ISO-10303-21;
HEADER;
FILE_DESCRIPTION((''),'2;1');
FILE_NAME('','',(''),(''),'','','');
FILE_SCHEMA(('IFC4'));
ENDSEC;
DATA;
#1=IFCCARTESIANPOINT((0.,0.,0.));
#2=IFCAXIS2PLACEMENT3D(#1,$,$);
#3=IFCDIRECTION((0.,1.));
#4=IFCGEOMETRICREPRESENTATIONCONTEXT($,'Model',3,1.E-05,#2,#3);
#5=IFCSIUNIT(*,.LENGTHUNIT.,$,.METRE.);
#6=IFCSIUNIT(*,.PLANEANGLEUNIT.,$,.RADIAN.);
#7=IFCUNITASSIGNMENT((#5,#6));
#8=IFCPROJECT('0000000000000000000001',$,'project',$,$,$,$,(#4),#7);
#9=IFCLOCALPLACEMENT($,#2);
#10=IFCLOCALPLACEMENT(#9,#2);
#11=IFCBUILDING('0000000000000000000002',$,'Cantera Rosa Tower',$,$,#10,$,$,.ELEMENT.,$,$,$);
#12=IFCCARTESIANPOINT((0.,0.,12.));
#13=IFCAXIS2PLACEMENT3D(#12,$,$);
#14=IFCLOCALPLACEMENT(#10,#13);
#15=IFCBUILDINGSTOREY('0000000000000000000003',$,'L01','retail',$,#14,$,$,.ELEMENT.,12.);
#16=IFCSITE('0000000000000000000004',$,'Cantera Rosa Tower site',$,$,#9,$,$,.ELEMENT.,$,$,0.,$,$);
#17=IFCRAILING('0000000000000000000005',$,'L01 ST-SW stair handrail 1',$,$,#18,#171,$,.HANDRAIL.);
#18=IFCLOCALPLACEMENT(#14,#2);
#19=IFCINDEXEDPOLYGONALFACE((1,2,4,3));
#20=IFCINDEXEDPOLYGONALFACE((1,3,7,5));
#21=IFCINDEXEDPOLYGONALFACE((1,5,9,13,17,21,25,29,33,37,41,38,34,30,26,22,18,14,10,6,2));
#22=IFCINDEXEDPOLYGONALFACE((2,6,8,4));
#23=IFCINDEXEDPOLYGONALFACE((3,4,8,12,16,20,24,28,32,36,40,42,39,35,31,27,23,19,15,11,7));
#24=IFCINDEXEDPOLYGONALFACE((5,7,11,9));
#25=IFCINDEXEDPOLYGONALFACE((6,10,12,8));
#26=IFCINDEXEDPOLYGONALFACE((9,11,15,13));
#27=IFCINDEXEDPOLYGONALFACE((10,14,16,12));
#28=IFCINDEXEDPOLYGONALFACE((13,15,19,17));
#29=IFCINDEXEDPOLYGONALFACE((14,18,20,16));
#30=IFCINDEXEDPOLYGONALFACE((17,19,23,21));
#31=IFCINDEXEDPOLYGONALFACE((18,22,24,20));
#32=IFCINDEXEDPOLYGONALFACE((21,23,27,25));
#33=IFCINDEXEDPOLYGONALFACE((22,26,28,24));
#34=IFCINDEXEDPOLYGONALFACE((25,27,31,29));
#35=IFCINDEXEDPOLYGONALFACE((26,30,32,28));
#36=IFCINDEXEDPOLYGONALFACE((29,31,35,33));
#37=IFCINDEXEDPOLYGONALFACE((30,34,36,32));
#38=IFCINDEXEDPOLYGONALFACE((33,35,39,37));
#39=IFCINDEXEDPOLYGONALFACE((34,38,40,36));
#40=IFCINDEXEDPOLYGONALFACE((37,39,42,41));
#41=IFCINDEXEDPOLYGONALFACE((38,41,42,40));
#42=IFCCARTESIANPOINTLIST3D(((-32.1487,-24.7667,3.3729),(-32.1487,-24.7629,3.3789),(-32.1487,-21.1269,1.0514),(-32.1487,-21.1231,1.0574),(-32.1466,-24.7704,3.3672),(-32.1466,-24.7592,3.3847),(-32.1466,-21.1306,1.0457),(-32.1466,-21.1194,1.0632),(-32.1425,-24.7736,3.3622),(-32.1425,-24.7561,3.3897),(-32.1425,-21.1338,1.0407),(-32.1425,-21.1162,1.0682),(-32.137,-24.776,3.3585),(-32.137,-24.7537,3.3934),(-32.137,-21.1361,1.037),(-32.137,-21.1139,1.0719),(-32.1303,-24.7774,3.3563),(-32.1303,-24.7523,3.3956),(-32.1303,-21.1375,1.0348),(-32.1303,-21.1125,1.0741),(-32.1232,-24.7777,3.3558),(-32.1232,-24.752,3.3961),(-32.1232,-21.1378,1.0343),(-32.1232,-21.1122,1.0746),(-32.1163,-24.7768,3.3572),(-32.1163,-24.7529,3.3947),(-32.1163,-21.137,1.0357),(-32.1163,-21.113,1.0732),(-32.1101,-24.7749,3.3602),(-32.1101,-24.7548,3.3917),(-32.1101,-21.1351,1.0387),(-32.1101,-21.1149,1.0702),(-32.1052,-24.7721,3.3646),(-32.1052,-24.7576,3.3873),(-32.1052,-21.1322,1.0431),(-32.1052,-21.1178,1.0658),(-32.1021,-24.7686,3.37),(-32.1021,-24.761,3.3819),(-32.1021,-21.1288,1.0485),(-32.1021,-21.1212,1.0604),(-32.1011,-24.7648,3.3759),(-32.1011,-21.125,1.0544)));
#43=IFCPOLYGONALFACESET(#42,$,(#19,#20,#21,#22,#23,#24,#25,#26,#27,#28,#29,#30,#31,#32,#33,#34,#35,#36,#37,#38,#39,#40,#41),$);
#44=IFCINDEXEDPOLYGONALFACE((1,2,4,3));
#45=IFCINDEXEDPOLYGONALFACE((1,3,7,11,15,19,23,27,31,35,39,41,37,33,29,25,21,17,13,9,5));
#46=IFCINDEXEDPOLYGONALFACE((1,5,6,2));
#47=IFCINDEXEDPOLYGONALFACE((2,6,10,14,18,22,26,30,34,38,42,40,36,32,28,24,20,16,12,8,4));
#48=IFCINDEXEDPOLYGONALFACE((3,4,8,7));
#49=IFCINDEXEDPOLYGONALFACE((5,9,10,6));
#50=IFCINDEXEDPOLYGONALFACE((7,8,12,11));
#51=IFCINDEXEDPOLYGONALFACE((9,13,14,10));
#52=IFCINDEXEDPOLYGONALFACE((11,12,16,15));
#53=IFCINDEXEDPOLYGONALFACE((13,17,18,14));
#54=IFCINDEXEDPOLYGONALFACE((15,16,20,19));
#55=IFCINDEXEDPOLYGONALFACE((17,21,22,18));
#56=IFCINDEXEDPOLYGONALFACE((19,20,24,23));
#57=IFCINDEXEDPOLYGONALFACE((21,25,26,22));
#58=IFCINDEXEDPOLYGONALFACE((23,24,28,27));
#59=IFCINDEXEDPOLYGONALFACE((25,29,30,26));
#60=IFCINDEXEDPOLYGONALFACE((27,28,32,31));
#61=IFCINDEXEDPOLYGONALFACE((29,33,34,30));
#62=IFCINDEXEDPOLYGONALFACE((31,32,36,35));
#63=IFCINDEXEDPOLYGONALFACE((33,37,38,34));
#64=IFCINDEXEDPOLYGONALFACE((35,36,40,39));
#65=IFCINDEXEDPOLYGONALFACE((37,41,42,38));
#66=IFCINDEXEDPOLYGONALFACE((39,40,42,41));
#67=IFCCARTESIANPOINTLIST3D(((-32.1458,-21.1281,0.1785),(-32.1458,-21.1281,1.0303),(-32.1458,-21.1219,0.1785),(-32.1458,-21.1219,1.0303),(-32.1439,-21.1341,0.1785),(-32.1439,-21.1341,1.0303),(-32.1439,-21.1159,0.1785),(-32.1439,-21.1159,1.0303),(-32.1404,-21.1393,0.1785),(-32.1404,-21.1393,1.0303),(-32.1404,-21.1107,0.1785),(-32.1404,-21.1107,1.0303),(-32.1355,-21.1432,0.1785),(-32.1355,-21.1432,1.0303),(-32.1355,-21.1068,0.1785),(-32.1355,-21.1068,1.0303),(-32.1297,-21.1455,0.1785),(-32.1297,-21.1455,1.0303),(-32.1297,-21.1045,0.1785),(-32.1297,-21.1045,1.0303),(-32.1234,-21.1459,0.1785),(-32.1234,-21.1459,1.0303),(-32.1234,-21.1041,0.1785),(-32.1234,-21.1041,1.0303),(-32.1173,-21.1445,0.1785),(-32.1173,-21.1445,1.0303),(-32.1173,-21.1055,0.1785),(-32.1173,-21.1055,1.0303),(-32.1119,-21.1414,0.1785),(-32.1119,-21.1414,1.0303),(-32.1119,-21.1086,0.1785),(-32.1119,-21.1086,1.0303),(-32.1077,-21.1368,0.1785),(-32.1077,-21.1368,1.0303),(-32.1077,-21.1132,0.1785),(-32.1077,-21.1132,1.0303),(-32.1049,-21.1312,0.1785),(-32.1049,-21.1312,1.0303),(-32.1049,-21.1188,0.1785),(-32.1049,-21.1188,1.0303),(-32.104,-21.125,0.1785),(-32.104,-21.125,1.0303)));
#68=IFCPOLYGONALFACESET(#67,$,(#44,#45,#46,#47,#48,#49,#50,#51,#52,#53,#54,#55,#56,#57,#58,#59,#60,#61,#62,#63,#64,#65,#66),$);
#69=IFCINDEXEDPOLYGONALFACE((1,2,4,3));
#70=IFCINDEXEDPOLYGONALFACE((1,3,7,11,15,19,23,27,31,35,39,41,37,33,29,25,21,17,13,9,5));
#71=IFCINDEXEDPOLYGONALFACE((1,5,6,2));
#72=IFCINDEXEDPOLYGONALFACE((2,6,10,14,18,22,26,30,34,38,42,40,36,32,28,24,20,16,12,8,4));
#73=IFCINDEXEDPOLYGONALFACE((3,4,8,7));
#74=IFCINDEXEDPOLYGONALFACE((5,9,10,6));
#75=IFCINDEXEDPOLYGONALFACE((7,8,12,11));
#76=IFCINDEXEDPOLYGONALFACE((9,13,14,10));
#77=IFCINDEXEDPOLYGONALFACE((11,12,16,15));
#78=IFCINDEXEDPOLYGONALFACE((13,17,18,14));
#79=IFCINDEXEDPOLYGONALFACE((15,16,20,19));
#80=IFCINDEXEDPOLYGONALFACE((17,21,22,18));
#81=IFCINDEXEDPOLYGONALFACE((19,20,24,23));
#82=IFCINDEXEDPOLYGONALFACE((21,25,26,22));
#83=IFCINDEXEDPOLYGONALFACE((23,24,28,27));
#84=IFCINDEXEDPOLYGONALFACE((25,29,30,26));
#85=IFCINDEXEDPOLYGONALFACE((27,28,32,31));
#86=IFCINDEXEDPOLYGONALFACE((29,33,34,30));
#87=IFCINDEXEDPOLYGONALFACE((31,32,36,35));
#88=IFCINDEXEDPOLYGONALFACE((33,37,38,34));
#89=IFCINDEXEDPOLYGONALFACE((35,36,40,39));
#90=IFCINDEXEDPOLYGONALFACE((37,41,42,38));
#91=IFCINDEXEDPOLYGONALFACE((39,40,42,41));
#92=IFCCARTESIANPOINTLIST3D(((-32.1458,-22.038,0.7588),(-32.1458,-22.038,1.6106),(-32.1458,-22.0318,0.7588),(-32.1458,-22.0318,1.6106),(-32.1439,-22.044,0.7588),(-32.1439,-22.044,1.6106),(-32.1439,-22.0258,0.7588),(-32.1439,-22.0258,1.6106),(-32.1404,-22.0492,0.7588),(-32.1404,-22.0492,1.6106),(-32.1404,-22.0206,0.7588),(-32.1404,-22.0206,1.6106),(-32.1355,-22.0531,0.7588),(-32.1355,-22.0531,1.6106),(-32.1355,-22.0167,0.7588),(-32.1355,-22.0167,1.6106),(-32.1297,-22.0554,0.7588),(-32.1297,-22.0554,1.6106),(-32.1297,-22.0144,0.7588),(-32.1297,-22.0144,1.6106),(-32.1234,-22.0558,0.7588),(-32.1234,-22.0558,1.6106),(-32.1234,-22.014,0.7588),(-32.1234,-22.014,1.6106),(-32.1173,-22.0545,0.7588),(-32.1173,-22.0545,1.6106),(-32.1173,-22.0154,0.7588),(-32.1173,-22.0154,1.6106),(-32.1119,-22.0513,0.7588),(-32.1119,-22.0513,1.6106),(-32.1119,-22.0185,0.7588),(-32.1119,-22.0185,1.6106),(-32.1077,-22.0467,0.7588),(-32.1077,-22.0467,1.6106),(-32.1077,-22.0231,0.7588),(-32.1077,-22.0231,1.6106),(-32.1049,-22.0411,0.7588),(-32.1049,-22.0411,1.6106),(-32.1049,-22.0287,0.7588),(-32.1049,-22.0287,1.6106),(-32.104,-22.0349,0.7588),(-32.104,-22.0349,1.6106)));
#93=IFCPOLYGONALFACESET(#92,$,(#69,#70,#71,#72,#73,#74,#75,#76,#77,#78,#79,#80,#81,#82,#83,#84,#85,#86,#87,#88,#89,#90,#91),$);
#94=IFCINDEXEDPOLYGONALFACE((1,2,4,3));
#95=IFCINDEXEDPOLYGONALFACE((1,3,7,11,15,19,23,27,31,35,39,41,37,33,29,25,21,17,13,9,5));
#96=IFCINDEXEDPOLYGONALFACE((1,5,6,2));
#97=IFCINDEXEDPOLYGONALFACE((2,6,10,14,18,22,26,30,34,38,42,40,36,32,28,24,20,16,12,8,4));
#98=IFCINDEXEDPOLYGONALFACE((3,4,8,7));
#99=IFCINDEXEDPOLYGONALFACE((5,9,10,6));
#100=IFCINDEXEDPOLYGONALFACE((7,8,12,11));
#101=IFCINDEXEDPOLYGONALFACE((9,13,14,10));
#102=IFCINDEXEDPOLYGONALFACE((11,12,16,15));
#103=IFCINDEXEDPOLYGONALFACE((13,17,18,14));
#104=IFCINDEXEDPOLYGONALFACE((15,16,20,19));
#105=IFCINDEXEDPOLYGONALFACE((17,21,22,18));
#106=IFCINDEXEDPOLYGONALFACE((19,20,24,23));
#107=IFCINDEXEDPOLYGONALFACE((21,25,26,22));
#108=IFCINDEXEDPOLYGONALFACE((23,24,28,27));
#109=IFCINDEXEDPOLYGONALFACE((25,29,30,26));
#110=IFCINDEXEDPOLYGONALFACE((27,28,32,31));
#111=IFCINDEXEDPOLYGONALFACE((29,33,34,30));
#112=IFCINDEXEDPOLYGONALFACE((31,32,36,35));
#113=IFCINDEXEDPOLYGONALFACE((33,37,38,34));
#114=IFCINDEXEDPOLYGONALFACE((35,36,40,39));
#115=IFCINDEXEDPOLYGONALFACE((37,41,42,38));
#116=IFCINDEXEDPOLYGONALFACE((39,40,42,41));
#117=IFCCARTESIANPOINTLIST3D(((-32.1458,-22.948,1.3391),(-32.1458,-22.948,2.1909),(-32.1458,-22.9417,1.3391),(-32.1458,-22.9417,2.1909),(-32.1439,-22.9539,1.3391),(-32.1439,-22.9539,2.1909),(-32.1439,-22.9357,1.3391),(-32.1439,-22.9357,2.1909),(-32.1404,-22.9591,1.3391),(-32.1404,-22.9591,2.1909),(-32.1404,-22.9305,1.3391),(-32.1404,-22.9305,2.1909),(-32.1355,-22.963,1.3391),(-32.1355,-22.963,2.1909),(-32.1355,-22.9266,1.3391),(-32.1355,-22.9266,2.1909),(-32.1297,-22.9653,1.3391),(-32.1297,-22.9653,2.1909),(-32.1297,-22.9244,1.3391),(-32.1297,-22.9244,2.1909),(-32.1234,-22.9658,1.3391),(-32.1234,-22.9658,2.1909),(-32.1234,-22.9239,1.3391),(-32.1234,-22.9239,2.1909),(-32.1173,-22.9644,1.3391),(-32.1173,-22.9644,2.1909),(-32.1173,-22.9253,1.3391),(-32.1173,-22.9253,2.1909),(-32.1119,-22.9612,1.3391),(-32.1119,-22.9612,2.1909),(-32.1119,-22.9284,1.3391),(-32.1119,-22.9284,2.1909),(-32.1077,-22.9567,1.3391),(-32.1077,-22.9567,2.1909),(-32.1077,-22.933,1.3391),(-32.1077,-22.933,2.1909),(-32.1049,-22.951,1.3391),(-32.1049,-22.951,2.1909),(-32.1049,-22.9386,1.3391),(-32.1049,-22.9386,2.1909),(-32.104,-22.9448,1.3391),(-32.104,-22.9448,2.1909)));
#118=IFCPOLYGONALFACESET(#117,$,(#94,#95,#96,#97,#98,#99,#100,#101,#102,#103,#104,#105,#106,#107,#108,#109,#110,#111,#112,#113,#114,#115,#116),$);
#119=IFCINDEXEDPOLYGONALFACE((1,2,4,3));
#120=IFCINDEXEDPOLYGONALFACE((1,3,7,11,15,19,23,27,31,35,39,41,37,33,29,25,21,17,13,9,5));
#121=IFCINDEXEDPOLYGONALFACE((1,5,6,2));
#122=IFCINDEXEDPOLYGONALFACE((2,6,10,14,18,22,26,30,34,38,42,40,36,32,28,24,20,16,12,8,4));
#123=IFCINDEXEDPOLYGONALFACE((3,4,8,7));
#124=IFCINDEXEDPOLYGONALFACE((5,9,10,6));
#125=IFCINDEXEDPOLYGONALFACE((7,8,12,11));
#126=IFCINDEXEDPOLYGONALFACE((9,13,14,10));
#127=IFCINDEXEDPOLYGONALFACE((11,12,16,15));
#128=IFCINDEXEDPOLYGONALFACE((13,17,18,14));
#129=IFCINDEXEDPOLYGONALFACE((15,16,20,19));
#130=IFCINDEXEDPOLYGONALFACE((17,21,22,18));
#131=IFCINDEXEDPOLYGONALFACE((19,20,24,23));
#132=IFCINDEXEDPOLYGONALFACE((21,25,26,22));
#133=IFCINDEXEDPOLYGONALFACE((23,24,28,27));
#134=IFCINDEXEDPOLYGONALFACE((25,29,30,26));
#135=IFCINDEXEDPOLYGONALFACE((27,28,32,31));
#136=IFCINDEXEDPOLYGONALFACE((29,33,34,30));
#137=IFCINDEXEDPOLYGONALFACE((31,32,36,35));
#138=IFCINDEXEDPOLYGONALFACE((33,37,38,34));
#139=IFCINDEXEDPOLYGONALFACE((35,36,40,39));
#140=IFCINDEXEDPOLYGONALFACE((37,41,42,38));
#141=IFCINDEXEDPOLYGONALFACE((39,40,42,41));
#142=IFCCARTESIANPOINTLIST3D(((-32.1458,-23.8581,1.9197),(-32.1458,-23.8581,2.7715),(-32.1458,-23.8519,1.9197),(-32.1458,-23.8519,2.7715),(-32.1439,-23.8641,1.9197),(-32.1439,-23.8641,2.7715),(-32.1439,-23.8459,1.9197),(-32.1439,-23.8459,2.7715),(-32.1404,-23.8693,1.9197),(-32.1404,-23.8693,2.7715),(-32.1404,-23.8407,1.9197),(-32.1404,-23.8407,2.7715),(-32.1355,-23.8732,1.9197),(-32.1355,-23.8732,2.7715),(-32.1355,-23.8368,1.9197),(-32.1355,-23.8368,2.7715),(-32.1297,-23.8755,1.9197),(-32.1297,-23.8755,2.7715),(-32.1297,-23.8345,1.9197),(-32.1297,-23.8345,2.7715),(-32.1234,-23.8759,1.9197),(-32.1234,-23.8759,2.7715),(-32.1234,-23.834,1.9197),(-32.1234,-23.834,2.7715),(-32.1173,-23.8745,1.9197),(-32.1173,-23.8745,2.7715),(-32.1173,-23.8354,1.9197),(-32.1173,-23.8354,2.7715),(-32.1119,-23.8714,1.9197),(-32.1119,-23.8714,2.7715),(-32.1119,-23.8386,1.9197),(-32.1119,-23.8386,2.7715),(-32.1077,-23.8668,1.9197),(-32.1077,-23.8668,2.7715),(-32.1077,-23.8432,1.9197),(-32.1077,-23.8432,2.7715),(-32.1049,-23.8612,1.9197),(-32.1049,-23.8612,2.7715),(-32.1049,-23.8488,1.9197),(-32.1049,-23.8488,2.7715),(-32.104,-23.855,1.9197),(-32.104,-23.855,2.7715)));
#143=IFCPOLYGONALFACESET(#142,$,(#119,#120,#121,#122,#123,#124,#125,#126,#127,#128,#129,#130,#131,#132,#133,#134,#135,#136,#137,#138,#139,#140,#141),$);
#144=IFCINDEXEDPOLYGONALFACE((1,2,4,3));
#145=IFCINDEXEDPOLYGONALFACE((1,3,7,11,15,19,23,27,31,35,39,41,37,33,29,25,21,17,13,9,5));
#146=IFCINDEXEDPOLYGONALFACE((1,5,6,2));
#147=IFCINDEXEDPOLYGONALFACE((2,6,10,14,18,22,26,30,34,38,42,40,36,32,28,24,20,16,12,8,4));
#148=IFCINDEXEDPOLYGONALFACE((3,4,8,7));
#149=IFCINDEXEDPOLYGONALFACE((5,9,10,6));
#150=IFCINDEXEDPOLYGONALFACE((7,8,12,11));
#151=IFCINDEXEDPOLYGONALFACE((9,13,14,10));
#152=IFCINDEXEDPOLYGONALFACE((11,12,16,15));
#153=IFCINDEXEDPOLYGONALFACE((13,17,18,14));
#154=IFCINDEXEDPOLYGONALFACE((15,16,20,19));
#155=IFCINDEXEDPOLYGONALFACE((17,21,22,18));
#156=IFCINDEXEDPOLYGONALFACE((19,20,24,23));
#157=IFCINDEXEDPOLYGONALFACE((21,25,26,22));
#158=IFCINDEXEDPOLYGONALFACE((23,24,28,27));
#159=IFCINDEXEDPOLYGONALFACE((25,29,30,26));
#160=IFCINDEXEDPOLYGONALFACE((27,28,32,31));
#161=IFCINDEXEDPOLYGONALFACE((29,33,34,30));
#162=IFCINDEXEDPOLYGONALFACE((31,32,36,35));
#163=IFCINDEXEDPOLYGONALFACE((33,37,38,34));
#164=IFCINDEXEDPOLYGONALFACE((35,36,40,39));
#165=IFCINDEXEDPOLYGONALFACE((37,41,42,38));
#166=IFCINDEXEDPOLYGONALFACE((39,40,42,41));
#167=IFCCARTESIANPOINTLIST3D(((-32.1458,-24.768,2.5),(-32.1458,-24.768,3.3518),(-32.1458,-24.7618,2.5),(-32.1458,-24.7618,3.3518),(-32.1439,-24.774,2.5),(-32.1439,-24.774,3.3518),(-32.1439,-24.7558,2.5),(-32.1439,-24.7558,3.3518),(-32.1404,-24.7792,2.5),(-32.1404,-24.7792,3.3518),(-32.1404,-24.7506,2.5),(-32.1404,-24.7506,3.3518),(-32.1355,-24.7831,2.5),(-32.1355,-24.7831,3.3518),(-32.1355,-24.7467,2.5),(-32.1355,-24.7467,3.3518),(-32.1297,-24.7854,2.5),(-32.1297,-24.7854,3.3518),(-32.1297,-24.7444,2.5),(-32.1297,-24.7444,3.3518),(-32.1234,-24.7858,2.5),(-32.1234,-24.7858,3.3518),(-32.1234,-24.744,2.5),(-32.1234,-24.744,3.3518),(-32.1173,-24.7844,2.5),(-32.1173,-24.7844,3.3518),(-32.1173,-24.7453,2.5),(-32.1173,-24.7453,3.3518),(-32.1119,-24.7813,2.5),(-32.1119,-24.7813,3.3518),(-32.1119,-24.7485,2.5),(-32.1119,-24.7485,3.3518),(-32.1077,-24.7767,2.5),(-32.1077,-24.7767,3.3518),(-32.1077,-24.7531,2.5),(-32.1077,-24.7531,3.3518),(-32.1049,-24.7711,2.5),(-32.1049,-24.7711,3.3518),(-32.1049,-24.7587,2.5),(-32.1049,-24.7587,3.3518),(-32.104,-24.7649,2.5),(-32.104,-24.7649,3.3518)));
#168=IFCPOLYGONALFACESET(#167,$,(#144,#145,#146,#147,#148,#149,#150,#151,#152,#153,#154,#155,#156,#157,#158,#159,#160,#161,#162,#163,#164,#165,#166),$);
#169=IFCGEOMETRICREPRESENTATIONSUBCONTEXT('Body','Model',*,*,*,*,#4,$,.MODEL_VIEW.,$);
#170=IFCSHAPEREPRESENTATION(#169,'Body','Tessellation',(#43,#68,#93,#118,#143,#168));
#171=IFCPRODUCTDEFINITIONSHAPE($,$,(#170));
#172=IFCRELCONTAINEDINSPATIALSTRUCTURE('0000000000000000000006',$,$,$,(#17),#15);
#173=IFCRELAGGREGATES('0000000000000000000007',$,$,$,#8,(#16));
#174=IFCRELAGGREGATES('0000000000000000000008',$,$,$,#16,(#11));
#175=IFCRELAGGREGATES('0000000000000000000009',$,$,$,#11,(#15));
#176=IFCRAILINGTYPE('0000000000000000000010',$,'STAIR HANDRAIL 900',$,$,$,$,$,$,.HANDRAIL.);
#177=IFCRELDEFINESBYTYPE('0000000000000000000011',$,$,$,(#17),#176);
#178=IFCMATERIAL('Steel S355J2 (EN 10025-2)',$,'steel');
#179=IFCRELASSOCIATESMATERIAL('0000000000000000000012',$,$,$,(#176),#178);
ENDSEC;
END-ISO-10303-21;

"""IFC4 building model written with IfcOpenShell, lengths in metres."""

from ifc_helpers import new_model, si_unit, direction, frame, origin, origin_2d, place, context, subcontext, project, spatial, circle, extrude, material, type_object, element, save


model = new_model("IFC4")

# Units and contexts
model_context = context("Model", 3, precision=1e-05, world=origin(), true_north=direction((0.0, 1.0)))
body_context = subcontext(model_context, "Body", "Model", "MODEL_VIEW")
ifc_project = project(units=[si_unit("LENGTHUNIT", "METRE"), si_unit("PLANEANGLEUNIT", "RADIAN")], contexts=[model_context])

# Site, building, storey
site_placement = place(None, origin())
site = spatial("IfcSite", under=ifc_project, at=site_placement, Name="Cantera Rosa Tower site", CompositionType="ELEMENT", RefElevation=0.0)
building_placement = place(site_placement, origin())
building = spatial("IfcBuilding", under=site, at=building_placement, Name="Cantera Rosa Tower", CompositionType="ELEMENT")
storey_placement = place(building_placement, frame((0.0, 0.0, 12.0)))
storey = spatial("IfcBuildingStorey", under=building, at=storey_placement, Name="L01", Description="retail", CompositionType="ELEMENT", Elevation=12.0)

# Railing
ifc_material_1 = material(Name="Steel S355J2 (EN 10025-2)", Category="steel")
railing_type_1 = type_object("IfcRailingType", Name="STAIR HANDRAIL 900", PredefinedType="HANDRAIL", material=ifc_material_1)
railing_1_placement = place(storey_placement, frame((-32.125, -21.125, 0.1785)))
element("IfcRailing", 1, at=railing_1_placement, inside=storey, type_object=railing_type_1, Name="L01 ST-SW stair handrail 1", PredefinedType="HANDRAIL", context=body_context, shape_type="SweptSolid", body=[
    extrude(circle(Radius=0.0239, at=origin_2d()), frame((0.0, 0.0, 0.876), z_axis=(0.0, -0.843112, 0.537739), x_axis=(1.0, 0.0, 0.0)), (0.0, 0.0, 1.0), 4.3171),
    extrude(circle(Radius=0.021, at=origin_2d()), origin(), (0.0, 0.0, 1.0), 0.8518),
    extrude(circle(Radius=0.021, at=origin_2d()), frame((0.0, -0.9099, 0.5803)), (0.0, 0.0, 1.0), 0.8518),
    extrude(circle(Radius=0.021, at=origin_2d()), frame((0.0, -1.8198, 1.1606)), (0.0, 0.0, 1.0), 0.8518),
    extrude(circle(Radius=0.021, at=origin_2d()), frame((0.0, -2.73, 1.7412)), (0.0, 0.0, 1.0), 0.8518),
    extrude(circle(Radius=0.021, at=origin_2d()), frame((0.0, -3.6399, 2.3215)), (0.0, 0.0, 1.0), 0.8518),
])

save(model, "model.ifc")
